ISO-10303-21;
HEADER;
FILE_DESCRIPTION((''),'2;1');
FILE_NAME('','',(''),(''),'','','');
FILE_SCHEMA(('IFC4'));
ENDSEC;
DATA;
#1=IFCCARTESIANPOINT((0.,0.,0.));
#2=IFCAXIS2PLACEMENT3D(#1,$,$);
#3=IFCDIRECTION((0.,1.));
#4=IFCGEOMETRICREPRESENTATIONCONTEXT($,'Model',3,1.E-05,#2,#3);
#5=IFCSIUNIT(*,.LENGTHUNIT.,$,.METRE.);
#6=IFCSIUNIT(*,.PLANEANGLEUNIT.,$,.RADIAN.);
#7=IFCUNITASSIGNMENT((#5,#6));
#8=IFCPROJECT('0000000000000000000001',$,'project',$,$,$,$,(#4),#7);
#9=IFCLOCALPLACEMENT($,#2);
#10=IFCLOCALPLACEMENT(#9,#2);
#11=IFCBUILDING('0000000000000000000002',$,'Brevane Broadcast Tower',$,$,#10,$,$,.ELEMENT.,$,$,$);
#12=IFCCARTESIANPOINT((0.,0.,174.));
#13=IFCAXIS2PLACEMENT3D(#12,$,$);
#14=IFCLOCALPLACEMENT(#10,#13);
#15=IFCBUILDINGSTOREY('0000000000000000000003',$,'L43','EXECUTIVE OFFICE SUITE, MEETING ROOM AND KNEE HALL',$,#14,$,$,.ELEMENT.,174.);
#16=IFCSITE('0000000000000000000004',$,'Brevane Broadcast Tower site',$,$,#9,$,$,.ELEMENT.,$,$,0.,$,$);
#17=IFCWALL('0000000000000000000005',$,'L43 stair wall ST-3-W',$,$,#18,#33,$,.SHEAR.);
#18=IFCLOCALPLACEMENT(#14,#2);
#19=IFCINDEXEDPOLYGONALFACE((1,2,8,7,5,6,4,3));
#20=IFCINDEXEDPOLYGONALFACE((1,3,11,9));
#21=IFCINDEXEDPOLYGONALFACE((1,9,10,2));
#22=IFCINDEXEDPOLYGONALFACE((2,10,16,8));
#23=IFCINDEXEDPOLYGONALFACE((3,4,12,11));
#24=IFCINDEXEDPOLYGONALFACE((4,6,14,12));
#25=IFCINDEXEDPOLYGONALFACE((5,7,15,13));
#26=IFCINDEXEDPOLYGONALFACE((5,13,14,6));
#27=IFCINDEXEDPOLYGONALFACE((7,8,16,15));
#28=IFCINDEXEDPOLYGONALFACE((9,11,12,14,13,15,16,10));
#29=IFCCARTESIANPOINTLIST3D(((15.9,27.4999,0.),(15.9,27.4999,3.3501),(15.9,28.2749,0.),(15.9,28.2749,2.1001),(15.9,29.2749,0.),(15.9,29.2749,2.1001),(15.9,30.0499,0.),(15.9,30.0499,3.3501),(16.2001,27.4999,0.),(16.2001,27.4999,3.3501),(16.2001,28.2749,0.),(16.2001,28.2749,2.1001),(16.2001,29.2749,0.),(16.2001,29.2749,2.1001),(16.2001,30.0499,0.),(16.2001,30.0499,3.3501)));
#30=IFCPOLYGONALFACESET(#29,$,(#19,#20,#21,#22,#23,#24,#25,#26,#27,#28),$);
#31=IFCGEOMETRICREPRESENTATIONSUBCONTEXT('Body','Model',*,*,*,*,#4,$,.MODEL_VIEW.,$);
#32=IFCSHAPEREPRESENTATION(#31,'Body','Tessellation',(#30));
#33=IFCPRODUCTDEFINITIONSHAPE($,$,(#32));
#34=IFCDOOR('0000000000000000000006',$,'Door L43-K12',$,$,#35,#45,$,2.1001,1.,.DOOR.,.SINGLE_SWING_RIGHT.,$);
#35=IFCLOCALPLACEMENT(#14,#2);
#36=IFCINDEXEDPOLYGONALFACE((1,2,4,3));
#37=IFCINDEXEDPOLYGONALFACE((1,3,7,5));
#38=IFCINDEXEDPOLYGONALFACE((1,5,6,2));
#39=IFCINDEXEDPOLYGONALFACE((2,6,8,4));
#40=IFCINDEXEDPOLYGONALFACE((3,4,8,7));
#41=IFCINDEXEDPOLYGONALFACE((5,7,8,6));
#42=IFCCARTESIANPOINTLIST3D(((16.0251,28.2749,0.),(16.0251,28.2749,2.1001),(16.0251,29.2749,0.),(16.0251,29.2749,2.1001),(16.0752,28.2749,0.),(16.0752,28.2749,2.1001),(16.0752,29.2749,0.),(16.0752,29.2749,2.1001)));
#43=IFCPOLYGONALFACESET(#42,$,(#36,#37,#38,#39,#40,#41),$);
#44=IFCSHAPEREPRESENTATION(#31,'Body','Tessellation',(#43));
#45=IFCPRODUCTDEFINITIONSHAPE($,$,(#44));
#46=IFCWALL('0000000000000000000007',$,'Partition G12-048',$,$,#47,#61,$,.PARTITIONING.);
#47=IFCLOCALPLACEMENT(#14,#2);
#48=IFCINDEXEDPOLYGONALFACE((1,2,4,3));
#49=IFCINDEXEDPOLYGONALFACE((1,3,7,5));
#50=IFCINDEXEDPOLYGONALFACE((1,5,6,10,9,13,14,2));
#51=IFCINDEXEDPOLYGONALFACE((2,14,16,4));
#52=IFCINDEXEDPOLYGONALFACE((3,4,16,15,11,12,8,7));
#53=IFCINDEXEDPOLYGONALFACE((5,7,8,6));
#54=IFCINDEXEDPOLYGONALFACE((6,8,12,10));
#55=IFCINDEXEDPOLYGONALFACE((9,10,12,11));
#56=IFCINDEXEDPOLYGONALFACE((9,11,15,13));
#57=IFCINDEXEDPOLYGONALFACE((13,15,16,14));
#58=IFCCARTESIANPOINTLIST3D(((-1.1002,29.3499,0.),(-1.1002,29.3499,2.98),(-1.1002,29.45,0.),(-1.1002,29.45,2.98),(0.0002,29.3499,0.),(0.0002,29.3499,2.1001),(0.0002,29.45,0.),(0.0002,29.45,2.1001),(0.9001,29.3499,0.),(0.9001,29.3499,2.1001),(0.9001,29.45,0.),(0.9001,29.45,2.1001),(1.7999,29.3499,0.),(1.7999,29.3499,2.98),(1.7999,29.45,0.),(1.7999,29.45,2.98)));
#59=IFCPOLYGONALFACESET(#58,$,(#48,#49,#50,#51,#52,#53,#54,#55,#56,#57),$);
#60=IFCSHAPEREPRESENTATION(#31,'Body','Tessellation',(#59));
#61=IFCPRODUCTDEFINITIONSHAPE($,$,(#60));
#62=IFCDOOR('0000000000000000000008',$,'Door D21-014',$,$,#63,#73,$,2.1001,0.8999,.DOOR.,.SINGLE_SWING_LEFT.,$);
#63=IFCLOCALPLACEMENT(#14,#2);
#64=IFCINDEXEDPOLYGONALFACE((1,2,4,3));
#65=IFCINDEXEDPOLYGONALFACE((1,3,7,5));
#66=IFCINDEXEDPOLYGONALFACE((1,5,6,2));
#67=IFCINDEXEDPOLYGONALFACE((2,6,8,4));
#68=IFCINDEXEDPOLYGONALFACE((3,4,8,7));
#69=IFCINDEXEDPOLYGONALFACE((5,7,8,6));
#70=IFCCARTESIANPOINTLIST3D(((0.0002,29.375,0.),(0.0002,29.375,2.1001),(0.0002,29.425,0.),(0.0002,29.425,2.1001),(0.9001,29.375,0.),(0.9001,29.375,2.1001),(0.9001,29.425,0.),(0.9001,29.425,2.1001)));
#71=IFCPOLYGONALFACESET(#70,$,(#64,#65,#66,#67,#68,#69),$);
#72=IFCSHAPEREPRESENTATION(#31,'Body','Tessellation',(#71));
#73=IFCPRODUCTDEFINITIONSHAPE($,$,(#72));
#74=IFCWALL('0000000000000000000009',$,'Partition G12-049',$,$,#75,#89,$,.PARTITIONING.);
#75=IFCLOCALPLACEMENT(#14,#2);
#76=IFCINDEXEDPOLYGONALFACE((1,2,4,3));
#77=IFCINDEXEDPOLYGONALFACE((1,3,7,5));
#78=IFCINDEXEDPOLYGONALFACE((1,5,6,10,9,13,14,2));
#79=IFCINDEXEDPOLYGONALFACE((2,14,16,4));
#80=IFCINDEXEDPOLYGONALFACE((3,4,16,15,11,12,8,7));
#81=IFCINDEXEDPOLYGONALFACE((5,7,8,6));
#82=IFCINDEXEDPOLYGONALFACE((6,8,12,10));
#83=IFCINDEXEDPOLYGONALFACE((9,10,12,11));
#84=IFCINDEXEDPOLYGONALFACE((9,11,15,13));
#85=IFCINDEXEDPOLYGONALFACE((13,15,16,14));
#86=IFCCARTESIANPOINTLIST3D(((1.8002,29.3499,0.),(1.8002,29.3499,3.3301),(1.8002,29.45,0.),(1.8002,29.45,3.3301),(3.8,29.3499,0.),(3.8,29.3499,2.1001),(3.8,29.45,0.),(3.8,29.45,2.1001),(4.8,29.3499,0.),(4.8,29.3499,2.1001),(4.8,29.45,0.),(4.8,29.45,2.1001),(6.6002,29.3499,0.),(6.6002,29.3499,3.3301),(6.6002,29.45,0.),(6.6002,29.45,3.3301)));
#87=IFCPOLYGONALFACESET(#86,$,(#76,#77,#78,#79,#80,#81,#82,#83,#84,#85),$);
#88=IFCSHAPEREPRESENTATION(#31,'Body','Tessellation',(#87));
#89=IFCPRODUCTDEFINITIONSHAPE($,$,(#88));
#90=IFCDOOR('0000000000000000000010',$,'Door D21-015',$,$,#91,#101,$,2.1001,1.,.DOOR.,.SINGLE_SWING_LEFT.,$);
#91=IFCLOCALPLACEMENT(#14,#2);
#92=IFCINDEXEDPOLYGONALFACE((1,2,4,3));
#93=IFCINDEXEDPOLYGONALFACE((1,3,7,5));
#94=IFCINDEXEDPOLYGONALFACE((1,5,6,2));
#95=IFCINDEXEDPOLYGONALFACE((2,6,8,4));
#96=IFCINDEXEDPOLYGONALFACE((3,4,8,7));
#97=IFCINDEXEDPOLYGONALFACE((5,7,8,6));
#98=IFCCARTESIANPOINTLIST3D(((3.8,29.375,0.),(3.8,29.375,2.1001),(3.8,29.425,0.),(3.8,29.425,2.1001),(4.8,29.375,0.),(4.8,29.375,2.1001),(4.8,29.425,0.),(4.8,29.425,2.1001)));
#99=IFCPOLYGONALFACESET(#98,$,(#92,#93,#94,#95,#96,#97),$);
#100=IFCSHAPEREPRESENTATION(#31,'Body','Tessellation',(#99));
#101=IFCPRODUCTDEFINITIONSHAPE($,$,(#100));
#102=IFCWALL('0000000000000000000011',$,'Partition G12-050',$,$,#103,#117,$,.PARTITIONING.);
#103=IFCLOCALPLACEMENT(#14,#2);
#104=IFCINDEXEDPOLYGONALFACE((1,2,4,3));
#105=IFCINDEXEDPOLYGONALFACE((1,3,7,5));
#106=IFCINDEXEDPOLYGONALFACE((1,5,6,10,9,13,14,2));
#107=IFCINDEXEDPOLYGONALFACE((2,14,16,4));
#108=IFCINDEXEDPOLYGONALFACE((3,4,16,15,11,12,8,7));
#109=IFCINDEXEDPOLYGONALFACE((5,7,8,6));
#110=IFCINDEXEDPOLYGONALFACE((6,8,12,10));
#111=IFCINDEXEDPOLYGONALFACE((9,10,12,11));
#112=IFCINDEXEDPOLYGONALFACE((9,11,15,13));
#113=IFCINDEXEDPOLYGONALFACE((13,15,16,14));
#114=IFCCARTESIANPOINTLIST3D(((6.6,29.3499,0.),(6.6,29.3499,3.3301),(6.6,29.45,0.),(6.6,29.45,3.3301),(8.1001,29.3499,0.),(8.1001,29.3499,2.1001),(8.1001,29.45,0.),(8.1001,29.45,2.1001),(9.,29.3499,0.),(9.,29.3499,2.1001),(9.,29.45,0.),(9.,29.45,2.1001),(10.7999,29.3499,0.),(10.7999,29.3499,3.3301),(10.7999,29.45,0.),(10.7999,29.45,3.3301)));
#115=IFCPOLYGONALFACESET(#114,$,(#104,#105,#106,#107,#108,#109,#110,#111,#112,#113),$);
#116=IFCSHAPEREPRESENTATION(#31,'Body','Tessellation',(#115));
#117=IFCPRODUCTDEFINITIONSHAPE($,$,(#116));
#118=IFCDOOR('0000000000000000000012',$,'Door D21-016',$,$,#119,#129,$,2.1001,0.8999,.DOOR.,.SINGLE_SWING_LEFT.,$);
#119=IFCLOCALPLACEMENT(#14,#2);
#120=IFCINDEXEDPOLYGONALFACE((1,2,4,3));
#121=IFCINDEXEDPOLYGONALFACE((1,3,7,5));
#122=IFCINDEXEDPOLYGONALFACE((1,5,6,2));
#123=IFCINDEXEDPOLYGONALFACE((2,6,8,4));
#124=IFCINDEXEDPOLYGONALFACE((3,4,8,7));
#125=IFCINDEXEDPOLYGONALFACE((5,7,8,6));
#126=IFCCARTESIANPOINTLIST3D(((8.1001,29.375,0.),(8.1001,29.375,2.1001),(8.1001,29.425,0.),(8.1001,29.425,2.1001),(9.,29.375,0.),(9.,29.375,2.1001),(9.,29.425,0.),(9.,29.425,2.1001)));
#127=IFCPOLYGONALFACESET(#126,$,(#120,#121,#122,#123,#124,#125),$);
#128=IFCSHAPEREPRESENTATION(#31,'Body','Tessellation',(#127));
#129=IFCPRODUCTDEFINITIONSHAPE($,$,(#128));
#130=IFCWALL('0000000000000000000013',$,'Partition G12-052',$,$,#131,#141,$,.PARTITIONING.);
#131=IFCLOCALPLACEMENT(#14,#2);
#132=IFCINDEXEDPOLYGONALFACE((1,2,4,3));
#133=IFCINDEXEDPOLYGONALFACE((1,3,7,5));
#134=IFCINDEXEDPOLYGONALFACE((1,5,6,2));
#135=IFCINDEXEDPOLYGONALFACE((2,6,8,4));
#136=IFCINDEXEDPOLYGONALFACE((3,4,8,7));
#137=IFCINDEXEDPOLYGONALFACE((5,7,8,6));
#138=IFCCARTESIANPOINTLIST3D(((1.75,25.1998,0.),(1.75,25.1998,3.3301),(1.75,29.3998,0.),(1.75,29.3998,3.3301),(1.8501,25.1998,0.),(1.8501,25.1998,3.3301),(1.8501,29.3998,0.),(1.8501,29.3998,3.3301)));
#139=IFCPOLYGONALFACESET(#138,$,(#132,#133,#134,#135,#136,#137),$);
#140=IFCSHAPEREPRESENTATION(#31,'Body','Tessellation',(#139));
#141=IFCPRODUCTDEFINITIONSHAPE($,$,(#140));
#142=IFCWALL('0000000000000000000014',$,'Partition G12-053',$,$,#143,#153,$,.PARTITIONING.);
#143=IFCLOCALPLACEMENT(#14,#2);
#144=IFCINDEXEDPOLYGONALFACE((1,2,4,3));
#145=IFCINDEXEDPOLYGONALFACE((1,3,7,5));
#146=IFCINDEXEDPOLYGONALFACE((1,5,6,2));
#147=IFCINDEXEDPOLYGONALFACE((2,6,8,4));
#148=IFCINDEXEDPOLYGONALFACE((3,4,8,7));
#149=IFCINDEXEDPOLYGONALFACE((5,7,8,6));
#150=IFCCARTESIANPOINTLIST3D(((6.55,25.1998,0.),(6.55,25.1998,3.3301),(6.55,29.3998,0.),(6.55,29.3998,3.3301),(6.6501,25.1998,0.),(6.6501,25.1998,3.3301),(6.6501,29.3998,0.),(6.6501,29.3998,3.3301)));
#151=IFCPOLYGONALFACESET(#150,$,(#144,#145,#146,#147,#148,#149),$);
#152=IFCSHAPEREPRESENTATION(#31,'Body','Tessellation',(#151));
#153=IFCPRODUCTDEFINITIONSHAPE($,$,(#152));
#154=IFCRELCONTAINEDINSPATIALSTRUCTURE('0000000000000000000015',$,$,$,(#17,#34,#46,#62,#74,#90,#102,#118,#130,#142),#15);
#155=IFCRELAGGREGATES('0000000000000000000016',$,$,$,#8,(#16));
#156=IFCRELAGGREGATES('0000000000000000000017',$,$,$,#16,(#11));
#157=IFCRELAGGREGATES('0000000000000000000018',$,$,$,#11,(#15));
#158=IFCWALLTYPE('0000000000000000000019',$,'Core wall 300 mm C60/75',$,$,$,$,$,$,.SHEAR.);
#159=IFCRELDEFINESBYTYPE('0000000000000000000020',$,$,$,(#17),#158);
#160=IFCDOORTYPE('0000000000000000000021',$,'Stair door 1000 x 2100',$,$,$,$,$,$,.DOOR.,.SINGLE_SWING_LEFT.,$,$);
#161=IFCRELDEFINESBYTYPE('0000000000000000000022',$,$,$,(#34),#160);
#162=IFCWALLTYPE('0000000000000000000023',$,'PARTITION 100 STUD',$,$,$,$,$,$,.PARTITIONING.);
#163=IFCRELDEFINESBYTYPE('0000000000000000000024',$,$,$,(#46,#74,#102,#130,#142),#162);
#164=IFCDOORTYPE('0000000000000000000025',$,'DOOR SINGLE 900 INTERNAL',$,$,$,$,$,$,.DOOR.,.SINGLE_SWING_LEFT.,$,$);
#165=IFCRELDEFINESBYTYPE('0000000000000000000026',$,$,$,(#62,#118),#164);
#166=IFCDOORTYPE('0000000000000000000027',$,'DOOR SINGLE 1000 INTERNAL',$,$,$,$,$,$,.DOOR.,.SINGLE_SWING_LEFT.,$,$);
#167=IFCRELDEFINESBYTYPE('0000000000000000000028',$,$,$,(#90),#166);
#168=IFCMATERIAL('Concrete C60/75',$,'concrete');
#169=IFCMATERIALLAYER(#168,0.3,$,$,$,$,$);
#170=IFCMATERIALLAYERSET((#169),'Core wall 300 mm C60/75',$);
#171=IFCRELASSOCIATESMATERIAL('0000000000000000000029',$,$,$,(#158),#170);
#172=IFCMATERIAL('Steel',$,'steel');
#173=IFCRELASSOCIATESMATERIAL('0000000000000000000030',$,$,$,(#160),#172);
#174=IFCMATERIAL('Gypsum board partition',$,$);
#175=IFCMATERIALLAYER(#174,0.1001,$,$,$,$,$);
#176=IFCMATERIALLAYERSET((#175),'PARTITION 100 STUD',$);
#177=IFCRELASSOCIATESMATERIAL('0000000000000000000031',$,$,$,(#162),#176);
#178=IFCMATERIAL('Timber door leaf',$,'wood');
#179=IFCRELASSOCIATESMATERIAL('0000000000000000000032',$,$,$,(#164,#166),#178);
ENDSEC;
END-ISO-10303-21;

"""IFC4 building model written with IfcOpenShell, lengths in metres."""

from ifc_helpers import new_model, si_unit, direction, frame, frame_2d, origin, place, context, subcontext, project, spatial, rectangle, extrude, material, layer, layer_set, type_object, element, fill, save


model = new_model("IFC4")

# Units and contexts
model_context = context("Model", 3, precision=1e-05, world=origin(), true_north=direction((0.0, 1.0)))
body_context = subcontext(model_context, "Body", "Model", "MODEL_VIEW")
ifc_project = project(units=[si_unit("LENGTHUNIT", "METRE"), si_unit("PLANEANGLEUNIT", "RADIAN")], contexts=[model_context])

# Site, building, storey
site_placement = place(None, origin())
site = spatial("IfcSite", under=ifc_project, at=site_placement, Name="Brevane Broadcast Tower site", CompositionType="ELEMENT", RefElevation=0.0)
building_placement = place(site_placement, origin())
building = spatial("IfcBuilding", under=site, at=building_placement, Name="Brevane Broadcast Tower", CompositionType="ELEMENT")
storey_placement = place(building_placement, frame((0.0, 0.0, 174.0)))
storey = spatial("IfcBuildingStorey", under=building, at=storey_placement, Name="L43", Description="EXECUTIVE OFFICE SUITE, MEETING ROOM AND KNEE HALL", CompositionType="ELEMENT", Elevation=174.0)

# Shared definitions
ifc_material_1 = material(Name="Concrete C60/75", Category="concrete")

# Shared definitions
ifc_layer_1 = layer(ifc_material_1, 0.3)
ifc_layer_set_1 = layer_set([ifc_layer_1], Name="Core wall 300 mm C60/75")
wall_type_1 = type_object("IfcWallType", Name="Core wall 300 mm C60/75", PredefinedType="SHEAR", material=ifc_layer_set_1)

# Walls, openings, doors
wall_1_placement = place(storey_placement, frame((16.05, 27.5, 0.0), z_axis=(0.0, 0.0, 1.0), x_axis=(0.0, 1.0, 0.0)))
wall_1 = element("IfcWall", 1, at=wall_1_placement, inside=storey, type_object=wall_type_1, Name="L43 stair wall ST-3-W", PredefinedType="SHEAR", context=body_context, shape_type="SweptSolid", body=[
    extrude(rectangle(XDim=2.55, YDim=0.3, at=frame_2d((1.2749, 0.0))), origin(), (0.0, 0.0, 1.0), 3.3501),
])
opening_1_placement = place(wall_1_placement, frame((0.7749, 0.0, 0.0)))
opening_1 = element("IfcOpeningElement", 2, at=opening_1_placement, cuts=wall_1, PredefinedType="OPENING", context=body_context, shape_type="SweptSolid", body=[
    extrude(rectangle(XDim=1.0, YDim=2.1001, at=frame_2d((0.5, 1.05))), frame((0.0, 0.1599, 0.0), z_axis=(0.0, -1.0, 0.0), x_axis=(1.0, 0.0, 0.0)), (0.0, 0.0, 1.0), 0.3201),
])
ifc_material_2 = material(Name="Steel", Category="steel")
door_type_1 = type_object("IfcDoorType", Name="Stair door 1000 x 2100", OperationType="SINGLE_SWING_LEFT", PredefinedType="DOOR", material=ifc_material_2)
door_1_placement = place(opening_1_placement, origin())
door_1 = element("IfcDoor", 3, at=door_1_placement, inside=storey, type_object=door_type_1, Name="Door L43-K12", OperationType="SINGLE_SWING_RIGHT", OverallHeight=2.1001, OverallWidth=1.0, PredefinedType="DOOR", context=body_context, shape_type="SweptSolid", body=[
    extrude(rectangle(XDim=1.0, YDim=2.1001, at=frame_2d((0.5, 1.05))), frame((0.0, 0.0249, 0.0), z_axis=(0.0, -1.0, 0.0), x_axis=(1.0, 0.0, 0.0)), (0.0, 0.0, 1.0), 0.05),
])
fill(opening_1, door_1)
ifc_material_3 = material(Name="Gypsum board partition")
ifc_layer_2 = layer(ifc_material_3, 0.1001)
ifc_layer_set_2 = layer_set([ifc_layer_2], Name="PARTITION 100 STUD")
wall_type_2 = type_object("IfcWallType", Name="PARTITION 100 STUD", PredefinedType="PARTITIONING", material=ifc_layer_set_2)
wall_2_placement = place(storey_placement, frame((1.8, 29.3999, 0.0), z_axis=(0.0, 0.0, 1.0), x_axis=(-1.0, 0.0, 0.0)))
wall_2 = element("IfcWall", 4, at=wall_2_placement, inside=storey, type_object=wall_type_2, Name="Partition G12-048", PredefinedType="PARTITIONING", context=body_context, shape_type="SweptSolid", body=[
    extrude(rectangle(XDim=2.9001, YDim=0.1001, at=frame_2d((1.4502, 0.0))), origin(), (0.0, 0.0, 1.0), 2.98),
])
opening_2_placement = place(wall_2_placement, frame((0.8999, 0.0, 0.0)))
opening_2 = element("IfcOpeningElement", 5, at=opening_2_placement, cuts=wall_2, PredefinedType="OPENING", context=body_context, shape_type="SweptSolid", body=[
    extrude(rectangle(XDim=0.8999, YDim=2.1001, at=frame_2d((0.45, 1.05))), frame((0.0, 0.0601, 0.0), z_axis=(0.0, -1.0, 0.0), x_axis=(1.0, 0.0, 0.0)), (0.0, 0.0, 1.0), 0.1201),
])
ifc_material_4 = material(Name="Timber door leaf", Category="wood")
door_type_2 = type_object("IfcDoorType", Name="DOOR SINGLE 900 INTERNAL", OperationType="SINGLE_SWING_LEFT", PredefinedType="DOOR", material=ifc_material_4)
door_2_placement = place(opening_2_placement, origin())
door_2 = element("IfcDoor", 6, at=door_2_placement, inside=storey, type_object=door_type_2, Name="Door D21-014", OperationType="SINGLE_SWING_LEFT", OverallHeight=2.1001, OverallWidth=0.8999, PredefinedType="DOOR", context=body_context, shape_type="SweptSolid", body=[
    extrude(rectangle(XDim=0.8999, YDim=2.1001, at=frame_2d((0.45, 1.05))), frame((0.0, 0.0249, 0.0), z_axis=(0.0, -1.0, 0.0), x_axis=(1.0, 0.0, 0.0)), (0.0, 0.0, 1.0), 0.05),
])
fill(opening_2, door_2)
wall_3_placement = place(storey_placement, frame((6.6001, 29.3999, 0.0), z_axis=(0.0, 0.0, 1.0), x_axis=(-1.0, 0.0, 0.0)))
wall_3 = element("IfcWall", 7, at=wall_3_placement, inside=storey, type_object=wall_type_2, Name="Partition G12-049", PredefinedType="PARTITIONING", context=body_context, shape_type="SweptSolid", body=[
    extrude(rectangle(XDim=4.8, YDim=0.1001, at=frame_2d((2.3999, 0.0))), origin(), (0.0, 0.0, 1.0), 3.3301),
])
opening_3_placement = place(wall_3_placement, frame((1.8, 0.0, 0.0)))
opening_3 = element("IfcOpeningElement", 8, at=opening_3_placement, cuts=wall_3, PredefinedType="OPENING", context=body_context, shape_type="SweptSolid", body=[
    extrude(rectangle(XDim=1.0, YDim=2.1001, at=frame_2d((0.5, 1.05))), frame((0.0, 0.0601, 0.0), z_axis=(0.0, -1.0, 0.0), x_axis=(1.0, 0.0, 0.0)), (0.0, 0.0, 1.0), 0.1201),
])
door_type_3 = type_object("IfcDoorType", Name="DOOR SINGLE 1000 INTERNAL", OperationType="SINGLE_SWING_LEFT", PredefinedType="DOOR", material=ifc_material_4)
door_3_placement = place(opening_3_placement, origin())
door_3 = element("IfcDoor", 9, at=door_3_placement, inside=storey, type_object=door_type_3, Name="Door D21-015", OperationType="SINGLE_SWING_LEFT", OverallHeight=2.1001, OverallWidth=1.0, PredefinedType="DOOR", context=body_context, shape_type="SweptSolid", body=[
    extrude(rectangle(XDim=1.0, YDim=2.1001, at=frame_2d((0.5, 1.05))), frame((0.0, 0.0249, 0.0), z_axis=(0.0, -1.0, 0.0), x_axis=(1.0, 0.0, 0.0)), (0.0, 0.0, 1.0), 0.05),
])
fill(opening_3, door_3)
wall_4_placement = place(storey_placement, frame((10.8, 29.3999, 0.0), z_axis=(0.0, 0.0, 1.0), x_axis=(-1.0, 0.0, 0.0)))
wall_4 = element("IfcWall", 10, at=wall_4_placement, inside=storey, type_object=wall_type_2, Name="Partition G12-050", PredefinedType="PARTITIONING", context=body_context, shape_type="SweptSolid", body=[
    extrude(rectangle(XDim=4.2, YDim=0.1001, at=frame_2d((2.1001, 0.0))), origin(), (0.0, 0.0, 1.0), 3.3301),
])
opening_4_placement = place(wall_4_placement, frame((1.8, 0.0, 0.0)))
opening_4 = element("IfcOpeningElement", 11, at=opening_4_placement, cuts=wall_4, PredefinedType="OPENING", context=body_context, shape_type="SweptSolid", body=[
    extrude(rectangle(XDim=0.8999, YDim=2.1001, at=frame_2d((0.45, 1.05))), frame((0.0, 0.0601, 0.0), z_axis=(0.0, -1.0, 0.0), x_axis=(1.0, 0.0, 0.0)), (0.0, 0.0, 1.0), 0.1201),
])
door_4_placement = place(opening_4_placement, origin())
door_4 = element("IfcDoor", 12, at=door_4_placement, inside=storey, type_object=door_type_2, Name="Door D21-016", OperationType="SINGLE_SWING_LEFT", OverallHeight=2.1001, OverallWidth=0.8999, PredefinedType="DOOR", context=body_context, shape_type="SweptSolid", body=[
    extrude(rectangle(XDim=0.8999, YDim=2.1001, at=frame_2d((0.45, 1.05))), frame((0.0, 0.0249, 0.0), z_axis=(0.0, -1.0, 0.0), x_axis=(1.0, 0.0, 0.0)), (0.0, 0.0, 1.0), 0.05),
])
fill(opening_4, door_4)

# Walls
for number, where, z_axis, x_axis, name in (
    (13, (1.8, 29.3999, 0.0), (0.0, 0.0, 1.0), (0.0, -1.0, 0.0), "Partition G12-052"),
    (14, (6.6001, 29.3999, 0.0), (0.0, 0.0, 1.0), (0.0, -1.0, 0.0), "Partition G12-053"),
):
    element("IfcWall", number, at=place(storey_placement, frame(where, z_axis=z_axis, x_axis=x_axis)), inside=storey, type_object=wall_type_2, Name=name, PredefinedType="PARTITIONING", context=body_context, shape_type="SweptSolid", body=[
        extrude(rectangle(XDim=4.2, YDim=0.1001, at=frame_2d((2.1001, 0.0))), origin(), (0.0, 0.0, 1.0), 3.3301),
    ])

save(model, "model.ifc")
